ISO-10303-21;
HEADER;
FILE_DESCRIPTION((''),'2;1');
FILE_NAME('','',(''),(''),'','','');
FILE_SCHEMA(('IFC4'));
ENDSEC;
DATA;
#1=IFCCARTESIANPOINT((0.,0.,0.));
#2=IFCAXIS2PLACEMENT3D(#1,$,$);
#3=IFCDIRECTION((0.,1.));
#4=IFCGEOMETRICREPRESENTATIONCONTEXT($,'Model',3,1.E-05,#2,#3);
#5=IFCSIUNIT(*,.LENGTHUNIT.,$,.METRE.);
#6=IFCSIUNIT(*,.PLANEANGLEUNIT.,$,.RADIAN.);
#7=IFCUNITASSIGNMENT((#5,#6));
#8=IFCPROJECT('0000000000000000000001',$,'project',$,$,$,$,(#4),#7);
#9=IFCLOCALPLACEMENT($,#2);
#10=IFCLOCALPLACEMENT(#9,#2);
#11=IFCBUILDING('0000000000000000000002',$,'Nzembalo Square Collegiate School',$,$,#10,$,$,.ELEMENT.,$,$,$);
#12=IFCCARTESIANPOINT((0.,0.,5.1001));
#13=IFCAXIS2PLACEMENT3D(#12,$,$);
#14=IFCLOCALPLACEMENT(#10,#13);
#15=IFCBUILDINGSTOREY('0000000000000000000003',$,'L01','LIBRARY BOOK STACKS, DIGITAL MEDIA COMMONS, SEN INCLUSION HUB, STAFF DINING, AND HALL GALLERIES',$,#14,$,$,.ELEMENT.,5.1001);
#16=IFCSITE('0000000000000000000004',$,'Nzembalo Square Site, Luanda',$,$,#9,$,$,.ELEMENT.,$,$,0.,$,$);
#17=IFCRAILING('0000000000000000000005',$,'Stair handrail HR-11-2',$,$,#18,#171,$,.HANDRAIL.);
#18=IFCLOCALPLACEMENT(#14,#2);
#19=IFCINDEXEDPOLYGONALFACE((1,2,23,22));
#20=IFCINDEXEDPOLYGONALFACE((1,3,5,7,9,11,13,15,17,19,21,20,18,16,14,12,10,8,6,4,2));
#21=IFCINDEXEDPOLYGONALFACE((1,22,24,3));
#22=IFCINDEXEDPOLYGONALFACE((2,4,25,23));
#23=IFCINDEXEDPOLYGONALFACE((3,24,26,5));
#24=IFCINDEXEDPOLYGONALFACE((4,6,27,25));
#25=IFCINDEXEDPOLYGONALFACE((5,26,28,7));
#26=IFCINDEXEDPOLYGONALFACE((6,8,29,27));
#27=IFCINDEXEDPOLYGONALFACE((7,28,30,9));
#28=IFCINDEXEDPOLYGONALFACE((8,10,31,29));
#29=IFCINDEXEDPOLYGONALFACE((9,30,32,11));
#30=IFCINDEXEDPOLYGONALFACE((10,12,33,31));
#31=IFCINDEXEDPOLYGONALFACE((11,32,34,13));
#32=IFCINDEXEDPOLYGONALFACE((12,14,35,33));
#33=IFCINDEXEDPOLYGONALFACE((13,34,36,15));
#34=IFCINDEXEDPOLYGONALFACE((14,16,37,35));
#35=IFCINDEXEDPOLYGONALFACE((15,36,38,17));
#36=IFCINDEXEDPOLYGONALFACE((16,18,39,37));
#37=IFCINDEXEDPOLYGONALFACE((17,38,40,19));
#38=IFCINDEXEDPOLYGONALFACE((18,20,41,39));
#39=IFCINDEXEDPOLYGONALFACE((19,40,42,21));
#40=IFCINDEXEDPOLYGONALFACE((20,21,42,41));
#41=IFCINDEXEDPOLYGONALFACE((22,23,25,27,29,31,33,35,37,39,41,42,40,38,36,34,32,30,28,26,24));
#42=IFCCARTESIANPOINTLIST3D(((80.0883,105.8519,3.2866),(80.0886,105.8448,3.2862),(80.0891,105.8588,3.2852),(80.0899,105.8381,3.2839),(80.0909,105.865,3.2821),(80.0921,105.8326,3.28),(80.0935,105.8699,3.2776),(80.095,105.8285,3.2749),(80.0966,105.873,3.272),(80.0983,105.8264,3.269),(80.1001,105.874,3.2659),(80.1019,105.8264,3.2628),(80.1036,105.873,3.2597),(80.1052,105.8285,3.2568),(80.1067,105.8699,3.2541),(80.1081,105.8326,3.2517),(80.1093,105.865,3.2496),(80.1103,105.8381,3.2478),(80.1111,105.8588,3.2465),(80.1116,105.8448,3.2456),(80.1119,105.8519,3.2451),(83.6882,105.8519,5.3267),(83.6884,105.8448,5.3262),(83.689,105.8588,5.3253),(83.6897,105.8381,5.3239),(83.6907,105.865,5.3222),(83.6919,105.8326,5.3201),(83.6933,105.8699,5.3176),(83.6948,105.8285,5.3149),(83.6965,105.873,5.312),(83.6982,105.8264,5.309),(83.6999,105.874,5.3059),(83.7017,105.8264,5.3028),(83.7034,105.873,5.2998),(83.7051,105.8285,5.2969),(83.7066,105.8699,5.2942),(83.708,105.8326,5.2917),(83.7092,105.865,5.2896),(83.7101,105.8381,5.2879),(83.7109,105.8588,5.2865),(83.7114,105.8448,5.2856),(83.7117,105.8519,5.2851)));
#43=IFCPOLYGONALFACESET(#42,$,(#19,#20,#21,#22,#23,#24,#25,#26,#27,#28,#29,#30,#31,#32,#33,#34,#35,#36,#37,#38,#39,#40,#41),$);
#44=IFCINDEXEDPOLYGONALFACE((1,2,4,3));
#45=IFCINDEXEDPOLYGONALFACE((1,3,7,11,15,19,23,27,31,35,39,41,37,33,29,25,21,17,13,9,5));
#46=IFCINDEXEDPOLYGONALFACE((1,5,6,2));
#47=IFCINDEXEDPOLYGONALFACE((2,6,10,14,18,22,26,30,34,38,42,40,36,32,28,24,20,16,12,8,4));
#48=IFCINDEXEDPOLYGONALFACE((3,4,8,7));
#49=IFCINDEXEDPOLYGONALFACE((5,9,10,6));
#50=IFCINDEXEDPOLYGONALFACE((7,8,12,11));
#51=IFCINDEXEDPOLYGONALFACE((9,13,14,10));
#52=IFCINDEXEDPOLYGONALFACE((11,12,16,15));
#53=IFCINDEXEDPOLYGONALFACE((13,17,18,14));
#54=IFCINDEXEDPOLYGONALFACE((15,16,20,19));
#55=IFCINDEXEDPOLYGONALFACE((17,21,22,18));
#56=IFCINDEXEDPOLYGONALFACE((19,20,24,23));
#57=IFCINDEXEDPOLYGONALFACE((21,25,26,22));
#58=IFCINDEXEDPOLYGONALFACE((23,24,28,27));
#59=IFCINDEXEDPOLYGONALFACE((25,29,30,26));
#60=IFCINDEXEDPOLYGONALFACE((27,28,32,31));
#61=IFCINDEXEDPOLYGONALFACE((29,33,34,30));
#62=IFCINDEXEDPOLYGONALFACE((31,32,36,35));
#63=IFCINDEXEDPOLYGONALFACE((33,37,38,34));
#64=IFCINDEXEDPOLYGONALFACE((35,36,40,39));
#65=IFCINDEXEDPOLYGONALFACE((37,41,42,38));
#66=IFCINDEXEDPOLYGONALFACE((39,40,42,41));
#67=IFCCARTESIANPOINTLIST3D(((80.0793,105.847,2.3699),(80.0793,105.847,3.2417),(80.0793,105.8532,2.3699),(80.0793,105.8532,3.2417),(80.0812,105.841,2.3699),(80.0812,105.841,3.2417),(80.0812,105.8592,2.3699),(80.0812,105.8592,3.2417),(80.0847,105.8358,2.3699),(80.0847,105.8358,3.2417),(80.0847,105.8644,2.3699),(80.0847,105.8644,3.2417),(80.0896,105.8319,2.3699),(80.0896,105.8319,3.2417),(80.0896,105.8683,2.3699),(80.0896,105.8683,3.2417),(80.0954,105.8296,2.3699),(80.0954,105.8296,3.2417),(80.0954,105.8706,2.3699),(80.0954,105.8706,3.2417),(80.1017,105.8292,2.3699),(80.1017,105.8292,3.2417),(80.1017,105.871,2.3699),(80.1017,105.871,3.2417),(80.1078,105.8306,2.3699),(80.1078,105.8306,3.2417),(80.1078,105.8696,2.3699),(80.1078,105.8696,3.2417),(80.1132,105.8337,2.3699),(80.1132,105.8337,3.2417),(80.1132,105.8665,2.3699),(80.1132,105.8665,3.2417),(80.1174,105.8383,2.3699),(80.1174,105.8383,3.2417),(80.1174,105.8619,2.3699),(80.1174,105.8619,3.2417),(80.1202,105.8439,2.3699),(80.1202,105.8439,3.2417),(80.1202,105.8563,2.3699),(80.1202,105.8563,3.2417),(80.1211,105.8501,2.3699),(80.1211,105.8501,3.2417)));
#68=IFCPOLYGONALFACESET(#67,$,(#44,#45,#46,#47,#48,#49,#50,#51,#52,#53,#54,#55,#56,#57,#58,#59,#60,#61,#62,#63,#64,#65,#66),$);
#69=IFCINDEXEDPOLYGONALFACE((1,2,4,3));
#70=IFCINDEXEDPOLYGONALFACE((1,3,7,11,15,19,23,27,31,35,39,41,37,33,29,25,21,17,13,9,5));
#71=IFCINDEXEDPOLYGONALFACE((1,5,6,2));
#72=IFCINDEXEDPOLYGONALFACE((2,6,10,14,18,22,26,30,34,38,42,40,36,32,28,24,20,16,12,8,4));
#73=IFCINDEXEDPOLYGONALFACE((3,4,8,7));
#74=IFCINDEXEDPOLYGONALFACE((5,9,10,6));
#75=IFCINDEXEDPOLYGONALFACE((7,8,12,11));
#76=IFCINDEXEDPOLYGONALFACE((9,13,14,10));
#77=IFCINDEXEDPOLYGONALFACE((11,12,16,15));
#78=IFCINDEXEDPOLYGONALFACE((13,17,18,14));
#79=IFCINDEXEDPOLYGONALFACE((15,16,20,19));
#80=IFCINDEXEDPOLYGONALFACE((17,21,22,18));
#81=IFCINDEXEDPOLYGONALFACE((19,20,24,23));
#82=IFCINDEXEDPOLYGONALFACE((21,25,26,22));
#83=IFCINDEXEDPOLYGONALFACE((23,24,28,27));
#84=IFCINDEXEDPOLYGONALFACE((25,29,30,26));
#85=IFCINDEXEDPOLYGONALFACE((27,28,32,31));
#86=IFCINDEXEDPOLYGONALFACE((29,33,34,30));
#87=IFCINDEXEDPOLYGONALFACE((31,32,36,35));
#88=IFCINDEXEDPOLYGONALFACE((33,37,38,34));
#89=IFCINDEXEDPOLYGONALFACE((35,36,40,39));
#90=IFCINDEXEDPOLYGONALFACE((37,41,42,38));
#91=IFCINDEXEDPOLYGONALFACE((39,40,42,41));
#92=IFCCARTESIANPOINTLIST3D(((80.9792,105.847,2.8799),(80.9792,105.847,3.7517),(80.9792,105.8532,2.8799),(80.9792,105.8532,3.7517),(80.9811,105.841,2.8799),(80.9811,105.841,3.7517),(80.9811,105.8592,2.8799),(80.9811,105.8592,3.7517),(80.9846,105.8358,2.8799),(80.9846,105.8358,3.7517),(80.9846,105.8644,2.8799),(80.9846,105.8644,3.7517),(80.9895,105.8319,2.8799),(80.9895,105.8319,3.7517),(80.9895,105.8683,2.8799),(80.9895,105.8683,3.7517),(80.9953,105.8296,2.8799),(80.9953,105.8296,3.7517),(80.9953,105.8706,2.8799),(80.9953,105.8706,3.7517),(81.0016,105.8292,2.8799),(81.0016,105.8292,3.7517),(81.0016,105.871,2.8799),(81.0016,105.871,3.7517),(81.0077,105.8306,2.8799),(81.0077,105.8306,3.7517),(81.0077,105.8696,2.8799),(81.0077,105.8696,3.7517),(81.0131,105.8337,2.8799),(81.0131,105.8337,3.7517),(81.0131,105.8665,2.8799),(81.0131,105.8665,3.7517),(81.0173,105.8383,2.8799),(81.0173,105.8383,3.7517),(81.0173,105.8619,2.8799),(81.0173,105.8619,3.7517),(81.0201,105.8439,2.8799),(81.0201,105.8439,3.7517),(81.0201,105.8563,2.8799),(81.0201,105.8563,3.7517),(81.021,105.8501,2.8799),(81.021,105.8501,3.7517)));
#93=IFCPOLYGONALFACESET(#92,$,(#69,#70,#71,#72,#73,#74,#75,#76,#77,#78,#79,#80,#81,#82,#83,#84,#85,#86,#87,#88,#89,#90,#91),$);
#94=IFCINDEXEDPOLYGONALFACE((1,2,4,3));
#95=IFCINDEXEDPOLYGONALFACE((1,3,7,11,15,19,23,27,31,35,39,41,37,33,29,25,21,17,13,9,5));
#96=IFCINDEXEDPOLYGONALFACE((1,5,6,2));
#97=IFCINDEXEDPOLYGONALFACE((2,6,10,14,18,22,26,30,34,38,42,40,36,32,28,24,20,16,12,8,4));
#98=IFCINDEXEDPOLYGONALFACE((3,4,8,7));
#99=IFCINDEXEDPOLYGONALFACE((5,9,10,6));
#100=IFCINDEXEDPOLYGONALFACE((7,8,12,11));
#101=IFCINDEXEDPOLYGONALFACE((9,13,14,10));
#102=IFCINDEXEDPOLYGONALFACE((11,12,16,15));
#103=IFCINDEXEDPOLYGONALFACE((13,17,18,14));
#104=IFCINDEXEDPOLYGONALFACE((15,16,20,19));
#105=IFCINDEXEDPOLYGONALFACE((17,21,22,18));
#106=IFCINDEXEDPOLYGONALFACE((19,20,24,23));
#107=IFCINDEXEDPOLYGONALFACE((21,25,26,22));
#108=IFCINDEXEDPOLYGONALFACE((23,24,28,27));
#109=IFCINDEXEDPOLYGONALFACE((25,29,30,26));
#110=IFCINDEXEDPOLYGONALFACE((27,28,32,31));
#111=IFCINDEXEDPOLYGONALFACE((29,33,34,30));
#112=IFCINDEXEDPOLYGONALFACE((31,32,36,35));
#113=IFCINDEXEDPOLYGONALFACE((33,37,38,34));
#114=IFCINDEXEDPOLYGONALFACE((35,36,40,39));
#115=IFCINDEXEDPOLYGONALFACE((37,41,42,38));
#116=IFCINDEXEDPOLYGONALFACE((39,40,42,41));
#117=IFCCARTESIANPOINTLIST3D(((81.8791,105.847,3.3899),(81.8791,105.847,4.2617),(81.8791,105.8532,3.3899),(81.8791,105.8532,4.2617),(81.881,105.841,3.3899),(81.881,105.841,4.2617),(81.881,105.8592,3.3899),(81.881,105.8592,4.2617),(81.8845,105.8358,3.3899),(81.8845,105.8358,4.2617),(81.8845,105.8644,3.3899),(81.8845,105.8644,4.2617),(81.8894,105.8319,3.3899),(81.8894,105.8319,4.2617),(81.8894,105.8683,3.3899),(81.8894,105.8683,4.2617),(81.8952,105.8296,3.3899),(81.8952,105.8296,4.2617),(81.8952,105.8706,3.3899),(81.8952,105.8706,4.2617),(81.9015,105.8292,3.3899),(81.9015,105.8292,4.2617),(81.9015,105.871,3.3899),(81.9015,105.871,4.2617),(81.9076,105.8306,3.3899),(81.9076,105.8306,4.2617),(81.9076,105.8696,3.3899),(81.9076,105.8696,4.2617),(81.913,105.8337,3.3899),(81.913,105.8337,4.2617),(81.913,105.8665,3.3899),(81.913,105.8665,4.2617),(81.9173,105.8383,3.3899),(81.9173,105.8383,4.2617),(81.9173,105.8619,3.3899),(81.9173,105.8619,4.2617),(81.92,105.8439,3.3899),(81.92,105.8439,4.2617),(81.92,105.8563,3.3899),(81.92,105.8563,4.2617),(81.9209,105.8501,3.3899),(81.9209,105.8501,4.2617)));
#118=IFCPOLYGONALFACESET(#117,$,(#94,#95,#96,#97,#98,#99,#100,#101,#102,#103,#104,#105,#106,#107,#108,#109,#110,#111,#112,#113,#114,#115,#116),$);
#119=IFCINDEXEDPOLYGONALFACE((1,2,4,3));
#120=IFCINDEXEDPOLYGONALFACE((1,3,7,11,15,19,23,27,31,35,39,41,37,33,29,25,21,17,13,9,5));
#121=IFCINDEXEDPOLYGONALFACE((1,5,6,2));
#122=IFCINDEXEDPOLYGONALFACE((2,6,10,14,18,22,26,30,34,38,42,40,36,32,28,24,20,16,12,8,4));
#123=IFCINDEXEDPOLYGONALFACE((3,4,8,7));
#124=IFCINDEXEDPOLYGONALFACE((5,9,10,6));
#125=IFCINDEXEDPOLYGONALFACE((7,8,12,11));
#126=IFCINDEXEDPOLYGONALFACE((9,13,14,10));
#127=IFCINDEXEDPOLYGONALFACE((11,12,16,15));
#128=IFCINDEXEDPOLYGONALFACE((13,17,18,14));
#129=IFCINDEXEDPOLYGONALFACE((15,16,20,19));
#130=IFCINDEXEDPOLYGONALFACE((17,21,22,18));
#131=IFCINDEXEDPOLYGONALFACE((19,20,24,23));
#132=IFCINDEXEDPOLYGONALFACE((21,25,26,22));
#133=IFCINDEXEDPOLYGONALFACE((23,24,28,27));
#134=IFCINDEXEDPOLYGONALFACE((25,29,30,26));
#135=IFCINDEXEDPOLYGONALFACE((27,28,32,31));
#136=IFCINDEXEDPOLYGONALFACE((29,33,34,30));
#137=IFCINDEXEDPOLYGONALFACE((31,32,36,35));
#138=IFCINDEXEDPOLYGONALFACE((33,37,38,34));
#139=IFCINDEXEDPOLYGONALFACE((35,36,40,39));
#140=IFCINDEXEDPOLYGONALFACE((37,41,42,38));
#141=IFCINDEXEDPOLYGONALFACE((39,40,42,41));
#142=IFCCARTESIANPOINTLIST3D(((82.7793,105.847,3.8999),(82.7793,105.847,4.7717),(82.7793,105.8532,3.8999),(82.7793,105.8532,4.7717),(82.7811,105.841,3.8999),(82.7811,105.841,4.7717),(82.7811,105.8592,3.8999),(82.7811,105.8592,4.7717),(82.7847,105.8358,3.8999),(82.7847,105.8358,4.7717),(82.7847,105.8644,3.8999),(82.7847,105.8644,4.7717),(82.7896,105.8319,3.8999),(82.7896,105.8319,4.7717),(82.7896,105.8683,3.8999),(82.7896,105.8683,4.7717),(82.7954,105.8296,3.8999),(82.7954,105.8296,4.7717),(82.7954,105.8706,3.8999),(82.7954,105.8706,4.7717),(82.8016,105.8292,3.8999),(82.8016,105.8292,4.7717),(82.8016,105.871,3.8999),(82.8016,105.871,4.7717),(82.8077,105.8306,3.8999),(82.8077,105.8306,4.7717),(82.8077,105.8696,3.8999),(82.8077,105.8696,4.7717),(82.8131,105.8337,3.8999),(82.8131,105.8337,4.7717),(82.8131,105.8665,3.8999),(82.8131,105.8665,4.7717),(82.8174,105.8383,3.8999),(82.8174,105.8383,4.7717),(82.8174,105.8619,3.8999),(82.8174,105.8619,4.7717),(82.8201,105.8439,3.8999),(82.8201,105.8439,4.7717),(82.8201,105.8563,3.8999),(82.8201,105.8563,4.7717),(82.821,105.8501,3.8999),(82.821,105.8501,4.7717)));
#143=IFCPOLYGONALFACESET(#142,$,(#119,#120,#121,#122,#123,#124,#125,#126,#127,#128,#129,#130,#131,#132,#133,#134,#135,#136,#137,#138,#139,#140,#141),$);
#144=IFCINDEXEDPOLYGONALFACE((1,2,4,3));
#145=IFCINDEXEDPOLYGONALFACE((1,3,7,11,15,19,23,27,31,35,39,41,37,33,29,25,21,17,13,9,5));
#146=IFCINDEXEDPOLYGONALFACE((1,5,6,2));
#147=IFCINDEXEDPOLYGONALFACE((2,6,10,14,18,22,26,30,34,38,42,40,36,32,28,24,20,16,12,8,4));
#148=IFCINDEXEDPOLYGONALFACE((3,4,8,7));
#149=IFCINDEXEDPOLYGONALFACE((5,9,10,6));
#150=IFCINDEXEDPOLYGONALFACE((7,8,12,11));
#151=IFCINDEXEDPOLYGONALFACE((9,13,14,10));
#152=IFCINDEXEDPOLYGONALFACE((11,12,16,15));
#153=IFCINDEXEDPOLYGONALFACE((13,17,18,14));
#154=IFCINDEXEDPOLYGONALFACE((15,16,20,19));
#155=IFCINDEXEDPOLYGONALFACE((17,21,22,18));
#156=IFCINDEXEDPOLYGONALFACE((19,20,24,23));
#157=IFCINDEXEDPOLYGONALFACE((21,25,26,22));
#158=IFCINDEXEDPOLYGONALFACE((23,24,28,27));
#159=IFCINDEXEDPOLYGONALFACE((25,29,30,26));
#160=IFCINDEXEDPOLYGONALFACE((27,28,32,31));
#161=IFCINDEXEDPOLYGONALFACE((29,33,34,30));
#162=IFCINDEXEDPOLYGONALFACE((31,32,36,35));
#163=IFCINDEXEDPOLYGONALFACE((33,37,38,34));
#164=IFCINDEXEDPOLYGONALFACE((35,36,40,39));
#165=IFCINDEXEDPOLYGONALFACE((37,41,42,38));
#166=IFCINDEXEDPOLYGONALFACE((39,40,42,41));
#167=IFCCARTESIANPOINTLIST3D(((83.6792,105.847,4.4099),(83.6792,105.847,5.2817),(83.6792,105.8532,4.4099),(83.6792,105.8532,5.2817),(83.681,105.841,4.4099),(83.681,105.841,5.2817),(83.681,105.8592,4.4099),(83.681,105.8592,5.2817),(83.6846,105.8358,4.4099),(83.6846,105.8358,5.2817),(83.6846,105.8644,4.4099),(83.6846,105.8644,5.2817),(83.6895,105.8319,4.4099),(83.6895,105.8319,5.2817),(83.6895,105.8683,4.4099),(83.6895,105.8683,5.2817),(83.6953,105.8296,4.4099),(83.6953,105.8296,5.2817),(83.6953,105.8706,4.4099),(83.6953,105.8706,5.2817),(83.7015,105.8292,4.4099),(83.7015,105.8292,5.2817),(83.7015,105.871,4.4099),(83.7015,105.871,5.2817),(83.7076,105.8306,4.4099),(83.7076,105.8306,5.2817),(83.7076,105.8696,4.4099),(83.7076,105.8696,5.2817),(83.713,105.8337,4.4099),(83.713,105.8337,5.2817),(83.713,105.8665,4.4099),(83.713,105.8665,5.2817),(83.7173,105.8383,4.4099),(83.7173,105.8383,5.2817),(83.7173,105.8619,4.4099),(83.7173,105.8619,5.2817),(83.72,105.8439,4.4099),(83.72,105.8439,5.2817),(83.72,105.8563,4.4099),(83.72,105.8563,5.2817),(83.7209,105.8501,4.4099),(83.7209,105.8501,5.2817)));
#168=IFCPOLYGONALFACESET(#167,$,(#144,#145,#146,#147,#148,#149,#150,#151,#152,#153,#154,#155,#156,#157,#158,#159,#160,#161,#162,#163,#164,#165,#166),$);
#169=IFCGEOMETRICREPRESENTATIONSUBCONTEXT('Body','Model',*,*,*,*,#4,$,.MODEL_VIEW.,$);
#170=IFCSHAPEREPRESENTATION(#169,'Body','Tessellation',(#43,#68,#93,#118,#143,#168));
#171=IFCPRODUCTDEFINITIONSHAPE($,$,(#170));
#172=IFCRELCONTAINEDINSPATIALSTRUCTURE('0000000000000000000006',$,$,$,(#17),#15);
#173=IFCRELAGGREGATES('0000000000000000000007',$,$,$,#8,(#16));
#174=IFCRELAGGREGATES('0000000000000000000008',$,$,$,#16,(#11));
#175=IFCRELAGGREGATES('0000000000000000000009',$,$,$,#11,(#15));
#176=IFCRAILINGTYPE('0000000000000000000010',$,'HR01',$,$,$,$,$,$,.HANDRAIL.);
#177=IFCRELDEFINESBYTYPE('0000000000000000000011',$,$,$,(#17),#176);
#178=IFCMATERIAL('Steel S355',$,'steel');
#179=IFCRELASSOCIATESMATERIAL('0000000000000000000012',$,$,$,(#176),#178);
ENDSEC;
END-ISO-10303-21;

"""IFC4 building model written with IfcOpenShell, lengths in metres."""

from ifc_helpers import new_model, si_unit, direction, frame, origin, origin_2d, place, context, subcontext, project, spatial, circle, extrude, material, type_object, element, save


model = new_model("IFC4")

# Units and contexts
model_context = context("Model", 3, precision=1e-05, world=origin(), true_north=direction((0.0, 1.0)))
body_context = subcontext(model_context, "Body", "Model", "MODEL_VIEW")
ifc_project = project(units=[si_unit("LENGTHUNIT", "METRE"), si_unit("PLANEANGLEUNIT", "RADIAN")], contexts=[model_context])

# Site, building, storey
site_placement = place(None, origin())
site = spatial("IfcSite", under=ifc_project, at=site_placement, Name="Nzembalo Square Site, Luanda", CompositionType="ELEMENT", RefElevation=0.0)
building_placement = place(site_placement, origin())
building = spatial("IfcBuilding", under=site, at=building_placement, Name="Nzembalo Square Collegiate School", CompositionType="ELEMENT")
storey_placement = place(building_placement, frame((0.0, 0.0, 5.1001)))
storey = spatial("IfcBuildingStorey", under=building, at=storey_placement, Name="L01", Description="LIBRARY BOOK STACKS, DIGITAL MEDIA COMMONS, SEN INCLUSION HUB, STAFF DINING, AND HALL GALLERIES", CompositionType="ELEMENT", Elevation=5.1001)

# Railing
ifc_material_1 = material(Name="Steel S355", Category="steel")
railing_type_1 = type_object("IfcRailingType", Name="HR01", PredefinedType="HANDRAIL", material=ifc_material_1)
railing_1_placement = place(storey_placement, frame((80.1001, 105.8501, 2.3699)))
element("IfcRailing", 1, at=railing_1_placement, inside=storey, type_object=railing_type_1, Name="Stair handrail HR-11-2", PredefinedType="HANDRAIL", context=body_context, shape_type="SweptSolid", body=[
    extrude(circle(Radius=0.0239, at=origin_2d()), frame((0.0, 0.0, 0.896), z_axis=(0.87001, 0.0, 0.493035), x_axis=(0.0, 1.0, 0.0)), (0.0, 0.0, 1.0), 4.1377),
    extrude(circle(Radius=0.021, at=origin_2d()), origin(), (0.0, 0.0, 1.0), 0.8718),
    extrude(circle(Radius=0.021, at=origin_2d()), frame((0.8999, 0.0, 0.51)), (0.0, 0.0, 1.0), 0.8718),
    extrude(circle(Radius=0.021, at=origin_2d()), frame((1.7998, 0.0, 1.02)), (0.0, 0.0, 1.0), 0.8718),
    extrude(circle(Radius=0.021, at=origin_2d()), frame((2.7, 0.0, 1.53)), (0.0, 0.0, 1.0), 0.8718),
    extrude(circle(Radius=0.021, at=origin_2d()), frame((3.5999, 0.0, 2.04)), (0.0, 0.0, 1.0), 0.8718),
])

save(model, "model.ifc")
